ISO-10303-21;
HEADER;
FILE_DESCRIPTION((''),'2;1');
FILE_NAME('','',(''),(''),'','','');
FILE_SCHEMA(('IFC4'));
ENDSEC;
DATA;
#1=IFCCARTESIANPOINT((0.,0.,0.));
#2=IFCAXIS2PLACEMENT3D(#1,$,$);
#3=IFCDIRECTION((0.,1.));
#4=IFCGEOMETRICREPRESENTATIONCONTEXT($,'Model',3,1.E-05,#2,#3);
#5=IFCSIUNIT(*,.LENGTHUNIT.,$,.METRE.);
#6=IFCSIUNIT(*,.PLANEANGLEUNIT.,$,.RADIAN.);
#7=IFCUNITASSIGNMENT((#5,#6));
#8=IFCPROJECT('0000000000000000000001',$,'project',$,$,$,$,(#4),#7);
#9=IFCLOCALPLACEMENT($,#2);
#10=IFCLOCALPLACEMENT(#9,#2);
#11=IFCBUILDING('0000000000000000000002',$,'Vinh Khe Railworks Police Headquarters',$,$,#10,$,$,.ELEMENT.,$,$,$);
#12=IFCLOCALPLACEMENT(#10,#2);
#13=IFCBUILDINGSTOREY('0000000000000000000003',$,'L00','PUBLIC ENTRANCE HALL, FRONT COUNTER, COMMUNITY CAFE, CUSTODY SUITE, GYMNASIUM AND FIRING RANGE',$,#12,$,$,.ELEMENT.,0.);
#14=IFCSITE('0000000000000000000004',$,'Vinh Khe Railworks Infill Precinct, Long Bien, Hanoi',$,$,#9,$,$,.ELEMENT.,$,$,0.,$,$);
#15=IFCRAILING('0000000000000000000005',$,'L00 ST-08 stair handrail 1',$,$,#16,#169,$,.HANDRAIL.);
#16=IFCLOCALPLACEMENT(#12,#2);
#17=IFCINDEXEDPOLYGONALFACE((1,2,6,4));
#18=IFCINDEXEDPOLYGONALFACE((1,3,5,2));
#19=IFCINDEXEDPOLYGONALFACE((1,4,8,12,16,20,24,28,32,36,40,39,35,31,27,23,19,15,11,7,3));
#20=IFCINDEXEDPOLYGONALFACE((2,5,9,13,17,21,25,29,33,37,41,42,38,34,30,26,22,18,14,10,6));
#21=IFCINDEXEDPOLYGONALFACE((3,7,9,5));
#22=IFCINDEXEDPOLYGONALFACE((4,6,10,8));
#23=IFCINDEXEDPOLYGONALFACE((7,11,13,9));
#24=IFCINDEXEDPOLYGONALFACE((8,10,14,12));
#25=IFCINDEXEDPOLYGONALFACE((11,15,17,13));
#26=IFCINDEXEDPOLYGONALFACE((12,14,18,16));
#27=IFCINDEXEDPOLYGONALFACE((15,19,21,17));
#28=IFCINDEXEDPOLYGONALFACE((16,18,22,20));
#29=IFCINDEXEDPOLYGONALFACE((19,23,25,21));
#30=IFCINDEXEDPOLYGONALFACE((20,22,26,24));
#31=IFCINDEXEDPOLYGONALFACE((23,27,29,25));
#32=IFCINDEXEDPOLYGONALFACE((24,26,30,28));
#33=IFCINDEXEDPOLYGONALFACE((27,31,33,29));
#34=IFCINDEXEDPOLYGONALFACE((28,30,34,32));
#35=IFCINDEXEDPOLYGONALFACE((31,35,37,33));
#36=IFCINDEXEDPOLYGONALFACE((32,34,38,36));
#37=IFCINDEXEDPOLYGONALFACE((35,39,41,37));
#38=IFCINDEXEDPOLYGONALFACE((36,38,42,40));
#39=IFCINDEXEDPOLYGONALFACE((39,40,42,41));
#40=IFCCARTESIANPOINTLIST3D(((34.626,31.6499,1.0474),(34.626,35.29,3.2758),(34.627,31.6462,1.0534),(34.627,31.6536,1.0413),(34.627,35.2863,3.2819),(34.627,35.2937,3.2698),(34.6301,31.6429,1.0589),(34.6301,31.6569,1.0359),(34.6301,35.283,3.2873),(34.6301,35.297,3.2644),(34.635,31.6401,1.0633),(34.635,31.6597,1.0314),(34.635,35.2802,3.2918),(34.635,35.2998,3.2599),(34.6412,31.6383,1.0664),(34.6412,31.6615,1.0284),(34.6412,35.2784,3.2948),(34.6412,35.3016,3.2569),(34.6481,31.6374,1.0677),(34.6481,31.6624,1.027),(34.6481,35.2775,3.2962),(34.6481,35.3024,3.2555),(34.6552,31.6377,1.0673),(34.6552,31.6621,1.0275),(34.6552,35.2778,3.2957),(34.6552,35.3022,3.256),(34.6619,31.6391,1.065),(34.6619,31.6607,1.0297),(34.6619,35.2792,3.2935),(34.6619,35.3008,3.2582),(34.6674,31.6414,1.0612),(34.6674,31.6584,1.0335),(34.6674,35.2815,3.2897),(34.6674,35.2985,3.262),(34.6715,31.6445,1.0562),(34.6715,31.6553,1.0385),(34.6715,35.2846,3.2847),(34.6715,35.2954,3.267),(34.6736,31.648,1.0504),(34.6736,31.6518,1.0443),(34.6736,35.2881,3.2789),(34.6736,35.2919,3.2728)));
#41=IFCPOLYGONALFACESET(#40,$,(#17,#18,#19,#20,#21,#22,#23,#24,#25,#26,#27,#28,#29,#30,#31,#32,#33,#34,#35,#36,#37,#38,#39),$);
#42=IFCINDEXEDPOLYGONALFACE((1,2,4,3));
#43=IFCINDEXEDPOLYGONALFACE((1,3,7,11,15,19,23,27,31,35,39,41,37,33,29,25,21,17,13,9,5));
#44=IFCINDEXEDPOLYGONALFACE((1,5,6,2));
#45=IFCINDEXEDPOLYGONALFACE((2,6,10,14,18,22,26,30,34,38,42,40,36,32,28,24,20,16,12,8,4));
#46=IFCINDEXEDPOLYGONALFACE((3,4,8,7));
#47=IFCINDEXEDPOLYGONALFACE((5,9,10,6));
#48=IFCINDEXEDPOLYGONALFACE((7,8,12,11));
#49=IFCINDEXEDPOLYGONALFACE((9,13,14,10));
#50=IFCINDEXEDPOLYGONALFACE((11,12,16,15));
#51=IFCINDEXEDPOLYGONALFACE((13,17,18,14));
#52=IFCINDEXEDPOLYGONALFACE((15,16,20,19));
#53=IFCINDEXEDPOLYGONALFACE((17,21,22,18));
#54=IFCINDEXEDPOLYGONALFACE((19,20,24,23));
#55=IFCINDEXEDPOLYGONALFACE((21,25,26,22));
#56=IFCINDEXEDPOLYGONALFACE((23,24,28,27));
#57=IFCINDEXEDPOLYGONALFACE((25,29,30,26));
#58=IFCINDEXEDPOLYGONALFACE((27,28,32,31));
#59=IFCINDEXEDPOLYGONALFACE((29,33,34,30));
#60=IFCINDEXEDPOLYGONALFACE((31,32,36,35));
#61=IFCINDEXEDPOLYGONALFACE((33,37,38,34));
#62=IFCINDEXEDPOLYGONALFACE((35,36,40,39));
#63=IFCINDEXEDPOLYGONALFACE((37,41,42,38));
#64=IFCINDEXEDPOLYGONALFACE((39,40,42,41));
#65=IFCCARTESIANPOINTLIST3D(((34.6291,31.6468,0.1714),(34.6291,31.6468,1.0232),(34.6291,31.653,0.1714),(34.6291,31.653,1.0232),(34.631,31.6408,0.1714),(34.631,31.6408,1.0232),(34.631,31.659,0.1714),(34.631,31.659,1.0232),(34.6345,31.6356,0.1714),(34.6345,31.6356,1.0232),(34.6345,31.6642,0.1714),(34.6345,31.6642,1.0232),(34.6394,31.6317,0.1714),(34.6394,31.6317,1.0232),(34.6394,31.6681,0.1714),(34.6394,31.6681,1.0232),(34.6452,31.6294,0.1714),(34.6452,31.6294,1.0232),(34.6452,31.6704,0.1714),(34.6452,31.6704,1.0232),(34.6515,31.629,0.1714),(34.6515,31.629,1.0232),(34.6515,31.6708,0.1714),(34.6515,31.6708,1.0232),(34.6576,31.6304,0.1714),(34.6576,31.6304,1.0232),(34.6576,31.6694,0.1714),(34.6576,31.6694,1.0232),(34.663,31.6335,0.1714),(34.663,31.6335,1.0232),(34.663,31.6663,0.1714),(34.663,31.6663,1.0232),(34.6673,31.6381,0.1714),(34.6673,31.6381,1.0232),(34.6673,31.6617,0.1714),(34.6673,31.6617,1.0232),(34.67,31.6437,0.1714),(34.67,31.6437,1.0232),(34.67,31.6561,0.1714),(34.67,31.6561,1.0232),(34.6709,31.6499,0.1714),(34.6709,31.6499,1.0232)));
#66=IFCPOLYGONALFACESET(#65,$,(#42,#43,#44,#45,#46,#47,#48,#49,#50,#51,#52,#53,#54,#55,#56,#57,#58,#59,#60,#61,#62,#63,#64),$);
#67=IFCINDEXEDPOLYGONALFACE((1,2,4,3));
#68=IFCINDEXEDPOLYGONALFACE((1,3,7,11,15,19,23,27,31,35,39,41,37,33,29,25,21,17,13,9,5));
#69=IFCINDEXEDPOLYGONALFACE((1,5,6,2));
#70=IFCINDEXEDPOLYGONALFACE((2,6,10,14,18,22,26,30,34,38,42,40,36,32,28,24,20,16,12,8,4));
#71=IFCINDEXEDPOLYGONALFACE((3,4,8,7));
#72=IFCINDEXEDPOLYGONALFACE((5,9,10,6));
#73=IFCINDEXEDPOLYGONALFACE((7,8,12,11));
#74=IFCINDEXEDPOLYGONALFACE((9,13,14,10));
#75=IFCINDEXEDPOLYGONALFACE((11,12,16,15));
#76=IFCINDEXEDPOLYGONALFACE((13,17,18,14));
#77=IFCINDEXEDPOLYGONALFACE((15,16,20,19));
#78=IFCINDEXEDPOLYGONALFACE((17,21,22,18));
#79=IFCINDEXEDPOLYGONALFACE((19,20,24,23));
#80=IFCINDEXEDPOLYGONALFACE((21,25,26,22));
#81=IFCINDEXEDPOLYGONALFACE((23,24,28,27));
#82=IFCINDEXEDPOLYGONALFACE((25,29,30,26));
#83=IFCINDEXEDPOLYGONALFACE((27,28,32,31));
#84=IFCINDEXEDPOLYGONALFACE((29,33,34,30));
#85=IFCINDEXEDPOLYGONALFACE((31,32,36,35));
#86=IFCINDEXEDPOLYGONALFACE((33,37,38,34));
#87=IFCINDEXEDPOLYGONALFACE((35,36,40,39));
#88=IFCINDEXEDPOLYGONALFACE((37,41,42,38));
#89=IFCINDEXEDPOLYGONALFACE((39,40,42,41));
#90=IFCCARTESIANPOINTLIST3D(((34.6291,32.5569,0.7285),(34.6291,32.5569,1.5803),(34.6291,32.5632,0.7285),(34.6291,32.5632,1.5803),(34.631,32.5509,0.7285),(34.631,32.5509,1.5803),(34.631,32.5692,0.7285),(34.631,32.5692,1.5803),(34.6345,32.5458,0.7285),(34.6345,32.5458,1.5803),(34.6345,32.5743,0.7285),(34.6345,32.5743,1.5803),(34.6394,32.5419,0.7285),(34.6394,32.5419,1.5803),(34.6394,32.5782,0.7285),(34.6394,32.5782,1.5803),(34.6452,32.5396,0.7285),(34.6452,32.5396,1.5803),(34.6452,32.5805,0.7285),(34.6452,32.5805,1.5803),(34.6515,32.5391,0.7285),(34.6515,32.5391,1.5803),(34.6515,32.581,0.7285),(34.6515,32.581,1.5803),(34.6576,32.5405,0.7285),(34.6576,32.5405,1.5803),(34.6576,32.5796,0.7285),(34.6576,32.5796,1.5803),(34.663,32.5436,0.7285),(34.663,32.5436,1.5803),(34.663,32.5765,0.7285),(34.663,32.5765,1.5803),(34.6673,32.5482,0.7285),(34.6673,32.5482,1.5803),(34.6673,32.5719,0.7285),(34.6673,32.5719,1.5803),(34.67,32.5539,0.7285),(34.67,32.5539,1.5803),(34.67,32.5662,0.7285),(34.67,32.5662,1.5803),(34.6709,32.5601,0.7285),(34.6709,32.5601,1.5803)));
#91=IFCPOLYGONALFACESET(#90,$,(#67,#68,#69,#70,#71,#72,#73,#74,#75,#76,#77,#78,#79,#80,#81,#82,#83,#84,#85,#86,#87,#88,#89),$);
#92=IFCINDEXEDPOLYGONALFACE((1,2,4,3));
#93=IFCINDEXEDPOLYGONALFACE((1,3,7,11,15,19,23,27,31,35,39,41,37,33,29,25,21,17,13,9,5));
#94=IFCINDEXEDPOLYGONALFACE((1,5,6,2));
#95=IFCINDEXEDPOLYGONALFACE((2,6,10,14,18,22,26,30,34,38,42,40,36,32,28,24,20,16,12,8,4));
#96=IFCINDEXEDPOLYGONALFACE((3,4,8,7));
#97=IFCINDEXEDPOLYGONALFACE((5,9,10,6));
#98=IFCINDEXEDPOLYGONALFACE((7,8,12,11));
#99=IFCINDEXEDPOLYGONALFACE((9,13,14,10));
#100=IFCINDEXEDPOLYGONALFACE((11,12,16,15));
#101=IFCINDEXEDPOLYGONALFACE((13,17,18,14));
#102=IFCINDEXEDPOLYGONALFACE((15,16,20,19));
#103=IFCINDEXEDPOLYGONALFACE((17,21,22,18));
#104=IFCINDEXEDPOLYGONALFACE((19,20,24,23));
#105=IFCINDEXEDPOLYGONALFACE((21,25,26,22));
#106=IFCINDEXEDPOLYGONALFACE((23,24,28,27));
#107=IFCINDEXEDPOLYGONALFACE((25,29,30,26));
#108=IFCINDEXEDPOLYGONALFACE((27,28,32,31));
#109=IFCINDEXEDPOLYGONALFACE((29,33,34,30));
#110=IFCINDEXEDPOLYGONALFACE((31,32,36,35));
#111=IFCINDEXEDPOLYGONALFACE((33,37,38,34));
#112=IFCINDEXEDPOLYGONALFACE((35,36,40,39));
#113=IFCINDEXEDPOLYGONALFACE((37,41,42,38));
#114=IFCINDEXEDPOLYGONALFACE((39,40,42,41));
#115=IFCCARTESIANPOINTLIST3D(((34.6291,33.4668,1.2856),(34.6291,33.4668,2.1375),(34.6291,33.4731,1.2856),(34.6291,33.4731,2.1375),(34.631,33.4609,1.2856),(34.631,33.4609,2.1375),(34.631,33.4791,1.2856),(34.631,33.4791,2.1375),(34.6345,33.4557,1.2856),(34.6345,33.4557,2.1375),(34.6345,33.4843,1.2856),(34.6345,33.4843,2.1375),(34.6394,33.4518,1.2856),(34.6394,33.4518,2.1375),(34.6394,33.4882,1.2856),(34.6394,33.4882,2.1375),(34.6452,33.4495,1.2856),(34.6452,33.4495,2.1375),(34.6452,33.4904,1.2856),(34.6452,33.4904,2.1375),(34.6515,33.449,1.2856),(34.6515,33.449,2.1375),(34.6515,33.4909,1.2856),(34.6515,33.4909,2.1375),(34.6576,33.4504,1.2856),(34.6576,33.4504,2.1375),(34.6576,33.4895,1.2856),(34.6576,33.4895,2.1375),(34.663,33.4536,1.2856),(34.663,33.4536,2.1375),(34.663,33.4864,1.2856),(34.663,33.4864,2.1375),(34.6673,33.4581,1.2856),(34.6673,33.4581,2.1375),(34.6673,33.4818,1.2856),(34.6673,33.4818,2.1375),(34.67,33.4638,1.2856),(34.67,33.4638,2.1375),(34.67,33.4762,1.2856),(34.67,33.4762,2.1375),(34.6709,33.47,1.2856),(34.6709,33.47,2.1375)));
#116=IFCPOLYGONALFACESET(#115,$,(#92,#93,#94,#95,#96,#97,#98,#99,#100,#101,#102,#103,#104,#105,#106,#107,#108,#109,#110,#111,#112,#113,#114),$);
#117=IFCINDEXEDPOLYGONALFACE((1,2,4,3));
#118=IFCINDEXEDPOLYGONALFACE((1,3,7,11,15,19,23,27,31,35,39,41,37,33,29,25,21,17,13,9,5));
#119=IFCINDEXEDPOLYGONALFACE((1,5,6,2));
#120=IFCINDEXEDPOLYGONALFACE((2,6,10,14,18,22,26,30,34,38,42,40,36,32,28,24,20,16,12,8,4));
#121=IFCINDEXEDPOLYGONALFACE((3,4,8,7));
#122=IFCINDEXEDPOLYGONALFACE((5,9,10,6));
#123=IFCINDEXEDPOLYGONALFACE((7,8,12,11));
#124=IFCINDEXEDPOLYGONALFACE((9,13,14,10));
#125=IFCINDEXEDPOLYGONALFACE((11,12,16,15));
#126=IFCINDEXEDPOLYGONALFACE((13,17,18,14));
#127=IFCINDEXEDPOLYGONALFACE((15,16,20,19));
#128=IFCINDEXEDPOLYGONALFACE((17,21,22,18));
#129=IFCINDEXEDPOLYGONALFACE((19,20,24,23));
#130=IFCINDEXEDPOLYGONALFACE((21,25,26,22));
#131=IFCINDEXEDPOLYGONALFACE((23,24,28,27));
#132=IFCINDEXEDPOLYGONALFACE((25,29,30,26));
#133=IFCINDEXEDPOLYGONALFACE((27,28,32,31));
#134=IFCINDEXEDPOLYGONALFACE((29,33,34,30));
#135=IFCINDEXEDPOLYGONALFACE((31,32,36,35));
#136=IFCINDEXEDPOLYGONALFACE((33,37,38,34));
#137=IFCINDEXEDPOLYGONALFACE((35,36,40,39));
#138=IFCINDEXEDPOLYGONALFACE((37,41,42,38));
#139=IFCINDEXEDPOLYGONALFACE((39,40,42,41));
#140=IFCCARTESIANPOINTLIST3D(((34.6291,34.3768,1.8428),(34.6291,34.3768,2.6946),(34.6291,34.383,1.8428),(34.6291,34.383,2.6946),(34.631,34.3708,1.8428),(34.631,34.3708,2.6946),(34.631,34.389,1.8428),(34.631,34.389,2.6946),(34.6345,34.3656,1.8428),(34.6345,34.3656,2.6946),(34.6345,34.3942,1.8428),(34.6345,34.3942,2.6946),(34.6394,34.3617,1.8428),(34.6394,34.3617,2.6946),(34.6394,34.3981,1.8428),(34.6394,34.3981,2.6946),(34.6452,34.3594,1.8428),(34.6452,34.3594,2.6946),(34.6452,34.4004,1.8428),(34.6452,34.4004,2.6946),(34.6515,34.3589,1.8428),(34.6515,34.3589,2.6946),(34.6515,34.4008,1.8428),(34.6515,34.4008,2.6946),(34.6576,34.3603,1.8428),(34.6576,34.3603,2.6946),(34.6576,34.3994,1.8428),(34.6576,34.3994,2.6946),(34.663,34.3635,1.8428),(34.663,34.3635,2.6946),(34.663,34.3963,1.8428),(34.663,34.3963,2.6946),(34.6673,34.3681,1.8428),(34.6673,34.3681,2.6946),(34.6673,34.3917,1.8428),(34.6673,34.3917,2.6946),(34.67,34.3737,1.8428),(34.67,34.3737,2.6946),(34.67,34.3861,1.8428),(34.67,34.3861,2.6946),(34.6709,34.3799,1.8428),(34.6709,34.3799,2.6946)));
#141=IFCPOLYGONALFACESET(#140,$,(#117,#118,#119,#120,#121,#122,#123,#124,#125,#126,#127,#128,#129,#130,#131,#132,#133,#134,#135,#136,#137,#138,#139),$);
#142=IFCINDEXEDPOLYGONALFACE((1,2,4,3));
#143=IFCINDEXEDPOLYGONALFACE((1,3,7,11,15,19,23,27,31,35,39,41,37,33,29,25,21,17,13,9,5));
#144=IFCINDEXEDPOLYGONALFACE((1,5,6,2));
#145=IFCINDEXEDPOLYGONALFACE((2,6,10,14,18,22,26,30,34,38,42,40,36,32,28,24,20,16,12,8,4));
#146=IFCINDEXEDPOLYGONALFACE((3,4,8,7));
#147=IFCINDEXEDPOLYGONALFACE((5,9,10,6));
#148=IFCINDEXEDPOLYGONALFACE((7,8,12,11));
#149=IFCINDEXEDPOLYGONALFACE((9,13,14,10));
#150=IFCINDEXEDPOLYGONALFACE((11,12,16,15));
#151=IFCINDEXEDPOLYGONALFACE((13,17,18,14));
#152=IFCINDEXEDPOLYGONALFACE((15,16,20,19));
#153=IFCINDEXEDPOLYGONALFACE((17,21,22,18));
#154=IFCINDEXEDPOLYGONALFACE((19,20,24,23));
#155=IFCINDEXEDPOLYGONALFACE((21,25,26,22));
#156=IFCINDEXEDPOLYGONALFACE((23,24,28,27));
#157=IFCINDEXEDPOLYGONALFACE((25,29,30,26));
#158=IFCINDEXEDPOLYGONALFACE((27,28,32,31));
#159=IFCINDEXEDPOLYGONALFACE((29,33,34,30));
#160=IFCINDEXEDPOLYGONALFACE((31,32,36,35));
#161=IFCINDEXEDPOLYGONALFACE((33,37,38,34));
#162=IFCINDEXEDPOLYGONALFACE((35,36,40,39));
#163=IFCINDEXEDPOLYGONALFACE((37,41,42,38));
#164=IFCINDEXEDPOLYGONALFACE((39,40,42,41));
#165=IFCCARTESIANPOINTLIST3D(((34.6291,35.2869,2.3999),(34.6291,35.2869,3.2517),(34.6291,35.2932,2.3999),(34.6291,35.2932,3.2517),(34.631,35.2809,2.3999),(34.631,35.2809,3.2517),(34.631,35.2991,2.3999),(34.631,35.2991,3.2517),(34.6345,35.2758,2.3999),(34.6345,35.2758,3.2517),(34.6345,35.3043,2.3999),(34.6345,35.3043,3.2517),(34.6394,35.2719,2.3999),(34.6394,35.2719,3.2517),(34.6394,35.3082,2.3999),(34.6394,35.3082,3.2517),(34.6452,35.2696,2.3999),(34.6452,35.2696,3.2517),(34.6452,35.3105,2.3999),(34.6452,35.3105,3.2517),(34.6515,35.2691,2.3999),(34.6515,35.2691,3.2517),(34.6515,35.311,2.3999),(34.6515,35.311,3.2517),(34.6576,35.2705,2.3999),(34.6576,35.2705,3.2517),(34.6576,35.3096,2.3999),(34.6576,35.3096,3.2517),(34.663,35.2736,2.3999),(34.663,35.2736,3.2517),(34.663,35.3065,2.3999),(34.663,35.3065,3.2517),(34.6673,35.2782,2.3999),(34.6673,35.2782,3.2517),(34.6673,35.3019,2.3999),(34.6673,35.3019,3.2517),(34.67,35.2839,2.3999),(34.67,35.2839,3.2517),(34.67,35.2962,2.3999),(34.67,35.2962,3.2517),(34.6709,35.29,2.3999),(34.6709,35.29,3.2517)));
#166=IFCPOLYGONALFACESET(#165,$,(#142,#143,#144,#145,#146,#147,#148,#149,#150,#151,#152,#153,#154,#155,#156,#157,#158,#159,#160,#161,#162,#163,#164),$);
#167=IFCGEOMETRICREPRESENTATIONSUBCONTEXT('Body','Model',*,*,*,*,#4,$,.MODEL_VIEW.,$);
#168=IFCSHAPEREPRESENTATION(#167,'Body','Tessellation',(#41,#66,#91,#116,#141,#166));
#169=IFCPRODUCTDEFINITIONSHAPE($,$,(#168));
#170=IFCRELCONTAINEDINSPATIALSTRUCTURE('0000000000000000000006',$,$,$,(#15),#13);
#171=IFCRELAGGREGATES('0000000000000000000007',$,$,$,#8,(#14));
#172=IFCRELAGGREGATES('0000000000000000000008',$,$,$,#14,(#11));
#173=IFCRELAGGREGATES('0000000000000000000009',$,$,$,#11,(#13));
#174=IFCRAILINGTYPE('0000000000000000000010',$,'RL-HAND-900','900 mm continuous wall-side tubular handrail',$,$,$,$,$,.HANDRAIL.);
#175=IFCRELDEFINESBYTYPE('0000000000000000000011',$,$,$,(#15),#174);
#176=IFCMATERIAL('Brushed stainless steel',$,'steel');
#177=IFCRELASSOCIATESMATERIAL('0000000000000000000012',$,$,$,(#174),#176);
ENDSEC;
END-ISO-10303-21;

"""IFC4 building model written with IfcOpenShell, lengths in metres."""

from ifc_helpers import new_model, si_unit, direction, frame, origin, origin_2d, place, context, subcontext, project, spatial, circle, extrude, material, type_object, element, save


model = new_model("IFC4")

# Units and contexts
model_context = context("Model", 3, precision=1e-05, world=origin(), true_north=direction((0.0, 1.0)))
body_context = subcontext(model_context, "Body", "Model", "MODEL_VIEW")
ifc_project = project(units=[si_unit("LENGTHUNIT", "METRE"), si_unit("PLANEANGLEUNIT", "RADIAN")], contexts=[model_context])

# Site, building, storey
site_placement = place(None, origin())
site = spatial("IfcSite", under=ifc_project, at=site_placement, Name="Vinh Khe Railworks Infill Precinct, Long Bien, Hanoi", CompositionType="ELEMENT", RefElevation=0.0)
building_placement = place(site_placement, origin())
building = spatial("IfcBuilding", under=site, at=building_placement, Name="Vinh Khe Railworks Police Headquarters", CompositionType="ELEMENT")
storey_placement = place(building_placement, origin())
storey = spatial("IfcBuildingStorey", under=building, at=storey_placement, Name="L00", Description="PUBLIC ENTRANCE HALL, FRONT COUNTER, COMMUNITY CAFE, CUSTODY SUITE, GYMNASIUM AND FIRING RANGE", CompositionType="ELEMENT", Elevation=0.0)

# Railing
ifc_material_1 = material(Name="Brushed stainless steel", Category="steel")
railing_type_1 = type_object("IfcRailingType", Name="RL-HAND-900", Description="900 mm continuous wall-side tubular handrail", PredefinedType="HANDRAIL", material=ifc_material_1)
railing_1_placement = place(storey_placement, frame((34.6499, 31.6499, 0.1714)))
element("IfcRailing", 1, at=railing_1_placement, inside=storey, type_object=railing_type_1, Name="L00 ST-08 stair handrail 1", PredefinedType="HANDRAIL", context=body_context, shape_type="SweptSolid", body=[
    extrude(circle(Radius=0.0239, at=origin_2d()), frame((0.0, 0.0, 0.876), z_axis=(0.0, 0.852866, 0.52213), x_axis=(-1.0, 0.0, 0.0)), (0.0, 0.0, 1.0), 4.2681),
    extrude(circle(Radius=0.021, at=origin_2d()), origin(), (0.0, 0.0, 1.0), 0.8518),
    extrude(circle(Radius=0.021, at=origin_2d()), frame((0.0, 0.9102, 0.5571)), (0.0, 0.0, 1.0), 0.8518),
    extrude(circle(Radius=0.021, at=origin_2d()), frame((0.0, 1.8201, 1.1143)), (0.0, 0.0, 1.0), 0.8518),
    extrude(circle(Radius=0.021, at=origin_2d()), frame((0.0, 2.73, 1.6714)), (0.0, 0.0, 1.0), 0.8518),
    extrude(circle(Radius=0.021, at=origin_2d()), frame((0.0, 3.6401, 2.2285)), (0.0, 0.0, 1.0), 0.8518),
])

save(model, "model.ifc")
